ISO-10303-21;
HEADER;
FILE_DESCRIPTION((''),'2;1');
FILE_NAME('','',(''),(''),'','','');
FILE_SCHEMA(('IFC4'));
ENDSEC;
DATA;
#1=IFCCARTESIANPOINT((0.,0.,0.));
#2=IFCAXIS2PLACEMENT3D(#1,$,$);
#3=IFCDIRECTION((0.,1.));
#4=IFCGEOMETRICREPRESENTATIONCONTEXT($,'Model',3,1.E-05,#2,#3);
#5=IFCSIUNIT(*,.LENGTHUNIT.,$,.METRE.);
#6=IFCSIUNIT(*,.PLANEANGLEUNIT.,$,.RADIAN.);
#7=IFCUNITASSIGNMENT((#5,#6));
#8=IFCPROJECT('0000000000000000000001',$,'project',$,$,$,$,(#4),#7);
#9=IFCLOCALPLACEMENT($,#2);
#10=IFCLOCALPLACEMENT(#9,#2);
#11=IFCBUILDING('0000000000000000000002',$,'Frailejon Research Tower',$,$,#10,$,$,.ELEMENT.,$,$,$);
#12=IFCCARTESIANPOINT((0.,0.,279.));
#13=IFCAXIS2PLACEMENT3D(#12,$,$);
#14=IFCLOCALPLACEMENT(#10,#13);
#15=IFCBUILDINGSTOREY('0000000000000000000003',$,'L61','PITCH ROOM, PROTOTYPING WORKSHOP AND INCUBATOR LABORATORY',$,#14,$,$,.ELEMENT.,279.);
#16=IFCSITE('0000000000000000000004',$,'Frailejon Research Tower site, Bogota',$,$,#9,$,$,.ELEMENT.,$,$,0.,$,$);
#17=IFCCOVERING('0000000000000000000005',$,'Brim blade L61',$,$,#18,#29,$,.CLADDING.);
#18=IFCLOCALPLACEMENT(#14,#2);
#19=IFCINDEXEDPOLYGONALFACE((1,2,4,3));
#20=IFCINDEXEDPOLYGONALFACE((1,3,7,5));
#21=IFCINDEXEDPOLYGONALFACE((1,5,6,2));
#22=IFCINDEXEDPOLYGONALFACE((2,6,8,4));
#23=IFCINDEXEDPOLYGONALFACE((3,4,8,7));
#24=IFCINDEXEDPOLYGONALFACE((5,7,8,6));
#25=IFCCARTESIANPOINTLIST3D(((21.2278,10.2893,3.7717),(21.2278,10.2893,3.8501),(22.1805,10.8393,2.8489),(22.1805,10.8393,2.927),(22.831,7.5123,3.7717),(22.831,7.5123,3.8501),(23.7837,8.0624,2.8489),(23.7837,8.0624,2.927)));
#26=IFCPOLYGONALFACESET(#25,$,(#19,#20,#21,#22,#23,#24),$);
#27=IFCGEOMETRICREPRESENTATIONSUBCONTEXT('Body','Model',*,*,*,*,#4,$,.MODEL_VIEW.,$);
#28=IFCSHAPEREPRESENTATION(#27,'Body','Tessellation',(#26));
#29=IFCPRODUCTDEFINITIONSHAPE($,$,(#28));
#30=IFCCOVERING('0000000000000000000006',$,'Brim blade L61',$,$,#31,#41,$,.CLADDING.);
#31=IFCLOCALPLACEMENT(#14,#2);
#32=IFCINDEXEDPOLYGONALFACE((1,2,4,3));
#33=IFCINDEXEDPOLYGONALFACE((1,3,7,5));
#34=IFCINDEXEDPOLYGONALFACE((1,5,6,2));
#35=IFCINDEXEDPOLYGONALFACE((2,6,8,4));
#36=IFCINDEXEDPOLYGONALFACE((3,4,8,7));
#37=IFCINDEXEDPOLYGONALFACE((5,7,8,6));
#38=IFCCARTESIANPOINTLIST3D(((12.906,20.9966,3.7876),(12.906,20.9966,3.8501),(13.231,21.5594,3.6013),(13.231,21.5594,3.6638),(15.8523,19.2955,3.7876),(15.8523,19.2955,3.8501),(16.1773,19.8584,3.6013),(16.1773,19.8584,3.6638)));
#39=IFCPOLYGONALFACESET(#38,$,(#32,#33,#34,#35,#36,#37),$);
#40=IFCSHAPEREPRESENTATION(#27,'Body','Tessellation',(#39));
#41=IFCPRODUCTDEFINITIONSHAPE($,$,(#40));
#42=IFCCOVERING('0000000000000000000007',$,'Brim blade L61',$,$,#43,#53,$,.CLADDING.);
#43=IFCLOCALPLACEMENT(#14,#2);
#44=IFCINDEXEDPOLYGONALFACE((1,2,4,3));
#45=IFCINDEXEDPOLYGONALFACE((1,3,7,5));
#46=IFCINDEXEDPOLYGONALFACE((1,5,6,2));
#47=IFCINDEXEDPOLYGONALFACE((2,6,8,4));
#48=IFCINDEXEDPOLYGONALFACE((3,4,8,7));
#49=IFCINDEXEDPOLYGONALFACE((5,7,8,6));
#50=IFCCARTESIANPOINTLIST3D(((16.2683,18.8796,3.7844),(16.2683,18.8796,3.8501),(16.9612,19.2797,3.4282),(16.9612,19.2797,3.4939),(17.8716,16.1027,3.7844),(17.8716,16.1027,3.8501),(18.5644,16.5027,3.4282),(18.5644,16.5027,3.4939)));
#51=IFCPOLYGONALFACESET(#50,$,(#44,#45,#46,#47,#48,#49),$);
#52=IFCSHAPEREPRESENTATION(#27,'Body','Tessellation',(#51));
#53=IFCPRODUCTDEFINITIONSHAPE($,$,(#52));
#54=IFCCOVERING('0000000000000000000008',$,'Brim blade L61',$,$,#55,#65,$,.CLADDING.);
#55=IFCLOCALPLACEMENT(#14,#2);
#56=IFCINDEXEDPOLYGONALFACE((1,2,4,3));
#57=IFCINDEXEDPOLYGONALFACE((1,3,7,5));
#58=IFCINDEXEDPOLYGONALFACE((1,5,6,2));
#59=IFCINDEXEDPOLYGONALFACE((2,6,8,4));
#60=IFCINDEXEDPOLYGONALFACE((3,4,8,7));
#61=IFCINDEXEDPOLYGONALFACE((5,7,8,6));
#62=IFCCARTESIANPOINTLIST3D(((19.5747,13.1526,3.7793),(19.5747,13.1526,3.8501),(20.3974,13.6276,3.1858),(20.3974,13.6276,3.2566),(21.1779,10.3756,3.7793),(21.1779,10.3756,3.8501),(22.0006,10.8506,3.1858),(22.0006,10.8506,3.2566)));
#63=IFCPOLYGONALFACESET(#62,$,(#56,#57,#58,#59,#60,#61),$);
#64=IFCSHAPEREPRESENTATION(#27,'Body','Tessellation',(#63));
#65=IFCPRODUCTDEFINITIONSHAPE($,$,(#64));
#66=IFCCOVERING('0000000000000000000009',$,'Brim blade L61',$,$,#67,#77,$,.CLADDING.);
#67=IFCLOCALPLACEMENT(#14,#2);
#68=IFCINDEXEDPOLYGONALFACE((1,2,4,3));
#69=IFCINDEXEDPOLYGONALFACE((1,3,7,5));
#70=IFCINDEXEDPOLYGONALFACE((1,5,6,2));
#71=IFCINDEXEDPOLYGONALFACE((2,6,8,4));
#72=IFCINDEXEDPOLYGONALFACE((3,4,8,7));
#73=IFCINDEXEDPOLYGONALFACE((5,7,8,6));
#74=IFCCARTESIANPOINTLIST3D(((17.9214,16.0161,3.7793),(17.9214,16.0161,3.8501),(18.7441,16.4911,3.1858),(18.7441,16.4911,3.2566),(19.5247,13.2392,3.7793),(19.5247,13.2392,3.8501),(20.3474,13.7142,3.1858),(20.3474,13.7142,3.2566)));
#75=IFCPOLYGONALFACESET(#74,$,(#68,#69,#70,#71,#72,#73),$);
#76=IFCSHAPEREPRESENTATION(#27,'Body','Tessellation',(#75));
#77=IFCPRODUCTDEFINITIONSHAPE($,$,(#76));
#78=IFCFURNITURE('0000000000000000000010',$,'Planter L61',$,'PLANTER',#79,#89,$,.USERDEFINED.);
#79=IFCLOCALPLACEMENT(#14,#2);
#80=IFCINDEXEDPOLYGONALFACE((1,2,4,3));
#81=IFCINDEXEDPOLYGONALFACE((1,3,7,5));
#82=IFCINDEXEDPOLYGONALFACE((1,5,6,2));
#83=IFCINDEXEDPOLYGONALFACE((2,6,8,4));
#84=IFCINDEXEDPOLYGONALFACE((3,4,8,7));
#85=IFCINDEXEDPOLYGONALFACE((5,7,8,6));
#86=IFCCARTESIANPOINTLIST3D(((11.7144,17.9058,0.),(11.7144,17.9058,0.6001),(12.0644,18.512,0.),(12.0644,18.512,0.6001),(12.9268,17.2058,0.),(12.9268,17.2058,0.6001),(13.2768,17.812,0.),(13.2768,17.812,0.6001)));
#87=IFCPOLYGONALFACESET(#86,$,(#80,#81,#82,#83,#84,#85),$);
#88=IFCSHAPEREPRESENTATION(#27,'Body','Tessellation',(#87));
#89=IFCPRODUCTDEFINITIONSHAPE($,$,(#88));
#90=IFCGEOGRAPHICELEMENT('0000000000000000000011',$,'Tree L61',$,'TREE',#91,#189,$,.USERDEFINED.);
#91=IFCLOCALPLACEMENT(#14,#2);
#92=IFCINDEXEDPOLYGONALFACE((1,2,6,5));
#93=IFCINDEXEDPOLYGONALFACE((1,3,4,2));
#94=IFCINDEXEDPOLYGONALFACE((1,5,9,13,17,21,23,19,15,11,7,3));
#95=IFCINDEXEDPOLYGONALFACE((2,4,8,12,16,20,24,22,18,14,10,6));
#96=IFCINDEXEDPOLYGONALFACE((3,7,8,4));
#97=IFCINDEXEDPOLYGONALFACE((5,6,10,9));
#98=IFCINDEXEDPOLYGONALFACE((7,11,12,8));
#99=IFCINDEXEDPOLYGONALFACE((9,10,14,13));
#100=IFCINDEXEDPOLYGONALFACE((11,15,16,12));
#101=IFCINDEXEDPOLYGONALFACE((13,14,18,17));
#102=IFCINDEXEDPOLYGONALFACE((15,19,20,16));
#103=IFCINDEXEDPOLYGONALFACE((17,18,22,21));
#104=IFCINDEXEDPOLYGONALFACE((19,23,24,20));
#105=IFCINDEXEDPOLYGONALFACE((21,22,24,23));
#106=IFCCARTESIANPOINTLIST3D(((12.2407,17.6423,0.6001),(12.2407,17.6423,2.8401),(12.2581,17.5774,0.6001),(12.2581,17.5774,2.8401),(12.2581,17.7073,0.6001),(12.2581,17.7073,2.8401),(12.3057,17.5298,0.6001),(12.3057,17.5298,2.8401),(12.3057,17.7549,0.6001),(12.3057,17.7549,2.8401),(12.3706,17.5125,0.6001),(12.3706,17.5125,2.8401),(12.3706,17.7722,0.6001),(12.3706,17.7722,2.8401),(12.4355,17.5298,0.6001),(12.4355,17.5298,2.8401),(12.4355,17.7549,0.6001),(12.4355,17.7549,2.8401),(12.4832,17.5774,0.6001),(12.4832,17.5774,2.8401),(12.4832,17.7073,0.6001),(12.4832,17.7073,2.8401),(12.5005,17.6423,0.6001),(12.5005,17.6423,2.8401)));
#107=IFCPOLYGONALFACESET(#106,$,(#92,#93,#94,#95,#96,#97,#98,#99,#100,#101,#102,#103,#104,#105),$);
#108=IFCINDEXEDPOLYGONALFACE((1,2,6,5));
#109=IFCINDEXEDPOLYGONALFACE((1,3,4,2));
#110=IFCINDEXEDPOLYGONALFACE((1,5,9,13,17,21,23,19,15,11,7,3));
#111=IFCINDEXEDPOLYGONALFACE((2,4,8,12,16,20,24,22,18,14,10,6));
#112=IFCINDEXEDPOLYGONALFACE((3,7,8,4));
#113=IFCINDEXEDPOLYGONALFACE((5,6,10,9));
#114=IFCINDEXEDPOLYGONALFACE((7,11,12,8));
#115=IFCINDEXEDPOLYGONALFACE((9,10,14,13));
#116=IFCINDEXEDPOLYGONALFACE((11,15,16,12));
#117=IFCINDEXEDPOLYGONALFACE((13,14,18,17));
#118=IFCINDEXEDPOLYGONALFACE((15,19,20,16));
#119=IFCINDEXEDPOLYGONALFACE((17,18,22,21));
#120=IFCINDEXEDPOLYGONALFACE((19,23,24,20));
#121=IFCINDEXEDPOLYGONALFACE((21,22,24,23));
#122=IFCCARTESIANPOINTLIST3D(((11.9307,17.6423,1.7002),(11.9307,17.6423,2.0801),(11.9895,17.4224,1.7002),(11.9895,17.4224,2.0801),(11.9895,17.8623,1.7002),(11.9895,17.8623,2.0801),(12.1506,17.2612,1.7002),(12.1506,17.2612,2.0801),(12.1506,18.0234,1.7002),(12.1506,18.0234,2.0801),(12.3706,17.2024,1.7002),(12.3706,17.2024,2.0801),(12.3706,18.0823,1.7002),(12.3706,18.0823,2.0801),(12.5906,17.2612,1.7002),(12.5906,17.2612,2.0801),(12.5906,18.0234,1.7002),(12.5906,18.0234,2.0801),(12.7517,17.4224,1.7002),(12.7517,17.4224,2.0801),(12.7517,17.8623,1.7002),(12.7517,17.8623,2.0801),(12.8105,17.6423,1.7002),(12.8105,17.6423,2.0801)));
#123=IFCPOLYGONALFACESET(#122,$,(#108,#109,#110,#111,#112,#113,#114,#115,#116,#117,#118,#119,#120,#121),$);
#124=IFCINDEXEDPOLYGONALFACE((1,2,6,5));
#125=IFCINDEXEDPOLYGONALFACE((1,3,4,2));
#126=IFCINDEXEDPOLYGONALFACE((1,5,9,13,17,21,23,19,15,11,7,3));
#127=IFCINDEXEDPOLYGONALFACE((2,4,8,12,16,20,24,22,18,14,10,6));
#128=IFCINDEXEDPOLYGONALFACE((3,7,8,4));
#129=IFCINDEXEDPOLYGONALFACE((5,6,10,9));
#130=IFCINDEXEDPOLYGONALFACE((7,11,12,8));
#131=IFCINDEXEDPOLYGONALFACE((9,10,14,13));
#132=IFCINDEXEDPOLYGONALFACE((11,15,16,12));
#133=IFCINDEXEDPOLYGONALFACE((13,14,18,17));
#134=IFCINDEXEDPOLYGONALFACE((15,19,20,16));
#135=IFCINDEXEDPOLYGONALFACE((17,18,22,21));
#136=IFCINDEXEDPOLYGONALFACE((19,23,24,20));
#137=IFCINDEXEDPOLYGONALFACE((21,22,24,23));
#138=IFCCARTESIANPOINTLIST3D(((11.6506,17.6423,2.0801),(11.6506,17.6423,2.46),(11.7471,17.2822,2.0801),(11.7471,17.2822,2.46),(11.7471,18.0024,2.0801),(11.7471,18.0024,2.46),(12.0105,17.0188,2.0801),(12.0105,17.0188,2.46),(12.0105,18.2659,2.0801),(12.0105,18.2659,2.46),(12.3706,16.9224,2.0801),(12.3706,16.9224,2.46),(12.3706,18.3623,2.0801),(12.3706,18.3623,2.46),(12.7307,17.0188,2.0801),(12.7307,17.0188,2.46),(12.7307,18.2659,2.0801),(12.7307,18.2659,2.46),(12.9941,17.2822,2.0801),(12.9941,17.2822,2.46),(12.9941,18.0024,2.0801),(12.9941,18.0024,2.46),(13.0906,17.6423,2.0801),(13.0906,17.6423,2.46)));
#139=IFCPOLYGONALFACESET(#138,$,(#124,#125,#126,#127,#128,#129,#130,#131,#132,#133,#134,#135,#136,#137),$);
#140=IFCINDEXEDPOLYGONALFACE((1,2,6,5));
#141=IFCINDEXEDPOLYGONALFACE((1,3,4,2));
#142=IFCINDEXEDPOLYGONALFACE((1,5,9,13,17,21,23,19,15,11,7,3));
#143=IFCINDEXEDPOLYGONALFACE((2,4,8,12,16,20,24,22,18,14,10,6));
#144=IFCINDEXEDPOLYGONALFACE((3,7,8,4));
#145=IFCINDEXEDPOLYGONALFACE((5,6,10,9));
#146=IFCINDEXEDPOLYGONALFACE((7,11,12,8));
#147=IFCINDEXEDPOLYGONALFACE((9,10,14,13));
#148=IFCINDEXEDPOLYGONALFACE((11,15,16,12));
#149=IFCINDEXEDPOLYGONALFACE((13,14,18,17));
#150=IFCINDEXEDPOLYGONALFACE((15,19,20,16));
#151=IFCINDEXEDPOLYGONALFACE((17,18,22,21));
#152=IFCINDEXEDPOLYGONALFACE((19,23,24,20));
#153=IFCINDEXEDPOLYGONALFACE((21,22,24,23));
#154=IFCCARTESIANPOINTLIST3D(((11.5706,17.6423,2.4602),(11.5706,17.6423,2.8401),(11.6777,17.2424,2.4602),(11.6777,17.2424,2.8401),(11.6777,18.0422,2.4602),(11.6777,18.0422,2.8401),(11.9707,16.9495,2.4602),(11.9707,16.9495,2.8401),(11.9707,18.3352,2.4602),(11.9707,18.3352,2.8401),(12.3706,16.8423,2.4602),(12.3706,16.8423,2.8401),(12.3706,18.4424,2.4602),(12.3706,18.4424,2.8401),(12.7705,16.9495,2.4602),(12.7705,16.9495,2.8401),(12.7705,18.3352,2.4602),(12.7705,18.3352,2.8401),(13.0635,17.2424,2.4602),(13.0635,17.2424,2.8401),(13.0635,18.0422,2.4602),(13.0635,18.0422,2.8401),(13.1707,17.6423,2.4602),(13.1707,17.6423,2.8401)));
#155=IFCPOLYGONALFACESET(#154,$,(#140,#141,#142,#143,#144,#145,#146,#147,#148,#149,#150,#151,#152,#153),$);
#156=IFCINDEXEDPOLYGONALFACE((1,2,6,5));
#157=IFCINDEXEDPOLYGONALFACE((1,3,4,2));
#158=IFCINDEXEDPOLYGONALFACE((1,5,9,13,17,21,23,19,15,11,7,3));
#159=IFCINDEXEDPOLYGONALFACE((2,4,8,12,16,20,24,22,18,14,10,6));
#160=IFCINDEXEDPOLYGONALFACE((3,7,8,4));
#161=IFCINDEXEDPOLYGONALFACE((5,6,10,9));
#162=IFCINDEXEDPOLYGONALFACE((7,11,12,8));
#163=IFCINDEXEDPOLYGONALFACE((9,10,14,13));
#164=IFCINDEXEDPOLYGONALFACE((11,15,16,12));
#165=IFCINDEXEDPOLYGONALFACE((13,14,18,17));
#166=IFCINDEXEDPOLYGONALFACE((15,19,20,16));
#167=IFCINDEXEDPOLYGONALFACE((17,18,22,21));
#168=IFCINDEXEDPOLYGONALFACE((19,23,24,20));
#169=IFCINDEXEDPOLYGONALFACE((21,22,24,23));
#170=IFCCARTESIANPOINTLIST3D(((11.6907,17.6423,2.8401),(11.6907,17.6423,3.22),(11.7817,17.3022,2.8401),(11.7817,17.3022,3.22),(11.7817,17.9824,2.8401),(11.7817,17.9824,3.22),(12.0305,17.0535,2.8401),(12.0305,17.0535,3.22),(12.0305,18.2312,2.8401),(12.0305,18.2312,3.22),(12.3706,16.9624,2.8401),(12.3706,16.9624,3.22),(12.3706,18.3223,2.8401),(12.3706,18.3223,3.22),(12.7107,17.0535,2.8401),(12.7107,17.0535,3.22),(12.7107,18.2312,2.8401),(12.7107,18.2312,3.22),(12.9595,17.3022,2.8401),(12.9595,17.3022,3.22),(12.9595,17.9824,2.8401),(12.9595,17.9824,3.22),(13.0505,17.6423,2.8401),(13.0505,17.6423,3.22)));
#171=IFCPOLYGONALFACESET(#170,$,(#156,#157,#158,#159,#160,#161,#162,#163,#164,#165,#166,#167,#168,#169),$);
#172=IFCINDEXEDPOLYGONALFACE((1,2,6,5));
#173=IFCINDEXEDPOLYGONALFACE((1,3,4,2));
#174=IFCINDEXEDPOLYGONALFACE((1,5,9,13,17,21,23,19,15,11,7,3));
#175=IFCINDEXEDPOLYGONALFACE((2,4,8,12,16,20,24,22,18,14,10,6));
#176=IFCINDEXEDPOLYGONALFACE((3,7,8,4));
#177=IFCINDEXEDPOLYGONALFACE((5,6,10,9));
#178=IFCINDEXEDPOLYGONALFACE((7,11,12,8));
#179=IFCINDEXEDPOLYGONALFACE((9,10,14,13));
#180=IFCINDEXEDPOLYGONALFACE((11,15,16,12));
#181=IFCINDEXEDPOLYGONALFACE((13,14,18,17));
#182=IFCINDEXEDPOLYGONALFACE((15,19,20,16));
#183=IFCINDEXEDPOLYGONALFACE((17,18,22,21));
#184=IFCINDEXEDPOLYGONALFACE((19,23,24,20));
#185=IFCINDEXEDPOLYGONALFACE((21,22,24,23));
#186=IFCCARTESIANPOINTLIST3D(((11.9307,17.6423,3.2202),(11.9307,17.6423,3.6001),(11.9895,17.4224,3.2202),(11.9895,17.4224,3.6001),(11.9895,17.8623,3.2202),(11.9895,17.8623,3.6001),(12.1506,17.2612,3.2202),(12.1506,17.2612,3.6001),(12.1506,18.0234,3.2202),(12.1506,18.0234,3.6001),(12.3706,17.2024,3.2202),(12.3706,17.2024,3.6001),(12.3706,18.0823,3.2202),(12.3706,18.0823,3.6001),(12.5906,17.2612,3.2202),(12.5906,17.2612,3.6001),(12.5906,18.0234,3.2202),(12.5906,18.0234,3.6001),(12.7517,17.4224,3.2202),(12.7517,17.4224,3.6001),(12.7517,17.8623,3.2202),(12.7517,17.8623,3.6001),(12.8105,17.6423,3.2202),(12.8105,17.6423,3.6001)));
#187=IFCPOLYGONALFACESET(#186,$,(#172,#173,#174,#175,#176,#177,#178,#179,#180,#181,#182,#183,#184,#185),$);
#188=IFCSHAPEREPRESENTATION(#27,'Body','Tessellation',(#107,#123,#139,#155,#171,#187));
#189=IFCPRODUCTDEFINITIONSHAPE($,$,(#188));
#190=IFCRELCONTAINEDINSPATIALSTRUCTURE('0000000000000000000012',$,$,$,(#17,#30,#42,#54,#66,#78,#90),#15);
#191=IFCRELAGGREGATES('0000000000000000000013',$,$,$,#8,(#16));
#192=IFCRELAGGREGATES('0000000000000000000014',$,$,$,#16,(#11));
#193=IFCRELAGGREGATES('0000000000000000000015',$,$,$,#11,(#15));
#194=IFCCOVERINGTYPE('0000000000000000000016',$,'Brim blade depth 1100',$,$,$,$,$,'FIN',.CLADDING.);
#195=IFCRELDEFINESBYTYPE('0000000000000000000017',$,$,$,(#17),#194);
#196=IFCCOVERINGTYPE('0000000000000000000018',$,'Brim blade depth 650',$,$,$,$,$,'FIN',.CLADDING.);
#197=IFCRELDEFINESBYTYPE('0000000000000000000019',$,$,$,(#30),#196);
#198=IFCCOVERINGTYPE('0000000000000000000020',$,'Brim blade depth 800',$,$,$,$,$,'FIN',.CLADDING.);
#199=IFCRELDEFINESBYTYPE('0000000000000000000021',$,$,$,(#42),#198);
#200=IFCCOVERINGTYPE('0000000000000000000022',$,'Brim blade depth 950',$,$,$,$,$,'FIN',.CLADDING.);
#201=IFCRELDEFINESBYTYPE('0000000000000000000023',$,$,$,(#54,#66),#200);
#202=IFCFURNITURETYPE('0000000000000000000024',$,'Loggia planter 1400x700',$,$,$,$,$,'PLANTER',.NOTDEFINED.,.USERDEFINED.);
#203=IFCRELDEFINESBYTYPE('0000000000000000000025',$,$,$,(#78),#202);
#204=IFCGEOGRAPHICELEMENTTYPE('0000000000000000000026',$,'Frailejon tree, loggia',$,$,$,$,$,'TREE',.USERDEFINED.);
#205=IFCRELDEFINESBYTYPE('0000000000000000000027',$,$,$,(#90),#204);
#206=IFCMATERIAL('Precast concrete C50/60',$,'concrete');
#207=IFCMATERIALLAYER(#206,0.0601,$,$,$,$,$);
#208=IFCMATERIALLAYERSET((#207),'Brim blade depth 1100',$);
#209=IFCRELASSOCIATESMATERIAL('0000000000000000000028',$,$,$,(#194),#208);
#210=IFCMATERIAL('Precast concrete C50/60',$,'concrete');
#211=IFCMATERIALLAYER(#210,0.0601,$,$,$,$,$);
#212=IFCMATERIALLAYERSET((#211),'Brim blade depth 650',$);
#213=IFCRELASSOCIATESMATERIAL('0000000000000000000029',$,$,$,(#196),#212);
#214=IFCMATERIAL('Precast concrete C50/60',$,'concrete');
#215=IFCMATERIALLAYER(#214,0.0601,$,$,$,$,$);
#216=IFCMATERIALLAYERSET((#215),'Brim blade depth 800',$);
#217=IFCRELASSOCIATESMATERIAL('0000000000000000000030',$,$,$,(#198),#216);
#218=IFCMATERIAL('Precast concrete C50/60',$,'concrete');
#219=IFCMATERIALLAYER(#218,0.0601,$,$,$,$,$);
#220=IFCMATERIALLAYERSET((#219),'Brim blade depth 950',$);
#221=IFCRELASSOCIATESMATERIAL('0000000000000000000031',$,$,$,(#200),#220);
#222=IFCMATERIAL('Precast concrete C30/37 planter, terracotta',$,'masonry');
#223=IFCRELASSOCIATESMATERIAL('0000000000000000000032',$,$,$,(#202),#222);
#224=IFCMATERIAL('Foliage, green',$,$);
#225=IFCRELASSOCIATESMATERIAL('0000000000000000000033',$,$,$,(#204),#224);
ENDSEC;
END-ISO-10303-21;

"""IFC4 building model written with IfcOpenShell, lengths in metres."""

from ifc_helpers import new_model, si_unit, direction, frame, origin, origin_2d, place, context, subcontext, project, spatial, polyline, rectangle, outline, extrude, material, layer, layer_set, type_object, element, save


model = new_model("IFC4")

# Units and contexts
model_context = context("Model", 3, precision=1e-05, world=origin(), true_north=direction((0.0, 1.0)))
body_context = subcontext(model_context, "Body", "Model", "MODEL_VIEW")
ifc_project = project(units=[si_unit("LENGTHUNIT", "METRE"), si_unit("PLANEANGLEUNIT", "RADIAN")], contexts=[model_context])

# Site, building, storey
site_placement = place(None, origin())
site = spatial("IfcSite", under=ifc_project, at=site_placement, Name="Frailejon Research Tower site, Bogota", CompositionType="ELEMENT", RefElevation=0.0)
building_placement = place(site_placement, origin())
building = spatial("IfcBuilding", under=site, at=building_placement, Name="Frailejon Research Tower", CompositionType="ELEMENT")
storey_placement = place(building_placement, frame((0.0, 0.0, 279.0)))
storey = spatial("IfcBuildingStorey", under=building, at=storey_placement, Name="L61", Description="PITCH ROOM, PROTOTYPING WORKSHOP AND INCUBATOR LABORATORY", CompositionType="ELEMENT", Elevation=279.0)

# Coverings
ifc_material_1 = material(Name="Precast concrete C50/60", Category="concrete")
ifc_layer_1 = layer(ifc_material_1, 0.0601)
ifc_layer_set_1 = layer_set([ifc_layer_1], Name="Brim blade depth 1100")
covering_type_1 = type_object("IfcCoveringType", Name="Brim blade depth 1100", ElementType="FIN", PredefinedType="CLADDING", material=ifc_layer_set_1)
covering_1_placement = place(storey_placement, frame((21.2278, 10.2893, 3.8501), z_axis=(0.49999, -0.866031, 0.0), x_axis=(0.866031, 0.49999, 0.0)))
element("IfcCovering", 1, at=covering_1_placement, inside=storey, type_object=covering_type_1, Name="Brim blade L61", PredefinedType="CLADDING", context=body_context, shape_type="SweptSolid", body=[
    extrude(outline(polyline([(0.0, -0.0784), (1.1001, -1.0012), (1.1001, -0.9231), (0.0, 0.0), (0.0, -0.0784)])), origin(), (0.0, 0.0, 1.0), 3.2065),
])
ifc_material_2 = material(Name="Precast concrete C50/60", Category="concrete")
ifc_layer_2 = layer(ifc_material_2, 0.0601)
ifc_layer_set_2 = layer_set([ifc_layer_2], Name="Brim blade depth 650")
covering_type_2 = type_object("IfcCoveringType", Name="Brim blade depth 650", ElementType="FIN", PredefinedType="CLADDING", material=ifc_layer_set_2)
covering_2_placement = place(storey_placement, frame((12.906, 20.9966, 3.8501), z_axis=(0.866024, -0.500003, 0.0), x_axis=(0.500003, 0.866024, 0.0)))
element("IfcCovering", 2, at=covering_2_placement, inside=storey, type_object=covering_type_2, Name="Brim blade L61", PredefinedType="CLADDING", context=body_context, shape_type="SweptSolid", body=[
    extrude(outline(polyline([(0.0, -0.0625), (0.6499, -0.2488), (0.6499, -0.1863), (0.0, 0.0), (0.0, -0.0625)])), origin(), (0.0, 0.0, 1.0), 3.4021),
])
ifc_material_3 = material(Name="Precast concrete C50/60", Category="concrete")
ifc_layer_3 = layer(ifc_material_3, 0.0601)
ifc_layer_set_3 = layer_set([ifc_layer_3], Name="Brim blade depth 800")
covering_type_3 = type_object("IfcCoveringType", Name="Brim blade depth 800", ElementType="FIN", PredefinedType="CLADDING", material=ifc_layer_set_3)
covering_3_placement = place(storey_placement, frame((16.2683, 18.8796, 3.8501), z_axis=(0.49999, -0.866031, 0.0), x_axis=(0.866031, 0.49999, 0.0)))
element("IfcCovering", 3, at=covering_3_placement, inside=storey, type_object=covering_type_3, Name="Brim blade L61", PredefinedType="CLADDING", context=body_context, shape_type="SweptSolid", body=[
    extrude(outline(polyline([(0.0, -0.0657), (0.8, -0.4219), (0.8, -0.3562), (0.0, 0.0), (0.0, -0.0657)])), origin(), (0.0, 0.0, 1.0), 3.2065),
])
ifc_material_4 = material(Name="Precast concrete C50/60", Category="concrete")
ifc_layer_4 = layer(ifc_material_4, 0.0601)
ifc_layer_set_4 = layer_set([ifc_layer_4], Name="Brim blade depth 950")
covering_type_4 = type_object("IfcCoveringType", Name="Brim blade depth 950", ElementType="FIN", PredefinedType="CLADDING", material=ifc_layer_set_4)
for number, where, z_axis, x_axis, name in (
    (4, (19.5747, 13.1526, 3.8501), (0.49999, -0.866031, 0.0), (0.866031, 0.49999, 0.0), "Brim blade L61"),
    (5, (17.9214, 16.0161, 3.8501), (0.500013, -0.866018, 0.0), (0.866018, 0.500013, 0.0), "Brim blade L61"),
):
    element("IfcCovering", number, at=place(storey_placement, frame(where, z_axis=z_axis, x_axis=x_axis)), inside=storey, type_object=covering_type_4, Name=name, PredefinedType="CLADDING", context=body_context, shape_type="SweptSolid", body=[
        extrude(outline(polyline([(0.0, -0.0708), (0.95, -0.6643), (0.95, -0.5935), (0.0, 0.0), (0.0, -0.0708)])), origin(), (0.0, 0.0, 1.0), 3.2065),
    ])

# Furniture
ifc_material_5 = material(Name="Precast concrete C30/37 planter, terracotta", Category="masonry")
furniture_type = type_object("IfcFurnitureType", Name="Loggia planter 1400x700", ElementType="PLANTER", AssemblyPlace="NOTDEFINED", PredefinedType="USERDEFINED", material=ifc_material_5)
furniture_placement = place(storey_placement, frame((12.4956, 17.8589, 0.0), z_axis=(0.0, 0.0, 1.0), x_axis=(-0.866025, 0.5, 0.0)))
element("IfcFurniture", 6, at=furniture_placement, inside=storey, type_object=furniture_type, Name="Planter L61", ObjectType="PLANTER", PredefinedType="USERDEFINED", context=body_context, shape_type="SweptSolid", body=[
    extrude(rectangle(XDim=1.3999, YDim=0.7, at=origin_2d()), origin(), (0.0, 0.0, 1.0), 0.6001),
])

# Geographic element
ifc_material_6 = material(Name="Foliage, green")
geographic_element_type = type_object("IfcGeographicElementType", Name="Frailejon tree, loggia", ElementType="TREE", PredefinedType="USERDEFINED", material=ifc_material_6)
geographic_element_placement = place(storey_placement, frame((12.3706, 17.6423, 0.6001)))
element("IfcGeographicElement", 7, at=geographic_element_placement, inside=storey, type_object=geographic_element_type, Name="Tree L61", ObjectType="TREE", PredefinedType="USERDEFINED", context=body_context, shape_type="SweptSolid", body=[
    extrude(outline(polyline([(0.1299, 0.0), (0.1125, 0.0649), (0.0649, 0.1125), (0.0, 0.1299), (-0.0649, 0.1125), (-0.1125, 0.0649), (-0.1299, 0.0), (-0.1125, -0.0649), (-0.0649, -0.1125), (0.0, -0.1299), (0.0649, -0.1125), (0.1125, -0.0649), (0.1299, 0.0)])), origin(), (0.0, 0.0, 1.0), 2.24),
    extrude(outline(polyline([(0.4399, 0.0), (0.3811, 0.22), (0.22, 0.3811), (0.0, 0.4399), (-0.22, 0.3811), (-0.3811, 0.22), (-0.4399, 0.0), (-0.3811, -0.22), (-0.22, -0.3811), (0.0, -0.4399), (0.22, -0.3811), (0.3811, -0.22), (0.4399, 0.0)])), frame((0.0, 0.0, 1.1001)), (0.0, 0.0, 1.0), 0.3799),
    extrude(outline(polyline([(0.72, 0.0), (0.6235, 0.3601), (0.3601, 0.6235), (0.0, 0.72), (-0.3601, 0.6235), (-0.6235, 0.3601), (-0.72, 0.0), (-0.6235, -0.3601), (-0.3601, -0.6235), (0.0, -0.72), (0.3601, -0.6235), (0.6235, -0.3601), (0.72, 0.0)])), frame((0.0, 0.0, 1.48)), (0.0, 0.0, 1.0), 0.3799),
    extrude(outline(polyline([(0.8, 0.0), (0.6929, 0.3999), (0.3999, 0.6929), (0.0, 0.8), (-0.3999, 0.6929), (-0.6929, 0.3999), (-0.8, 0.0), (-0.6929, -0.3999), (-0.3999, -0.6929), (0.0, -0.8), (0.3999, -0.6929), (0.6929, -0.3999), (0.8, 0.0)])), frame((0.0, 0.0, 1.8601)), (0.0, 0.0, 1.0), 0.3799),
    extrude(outline(polyline([(0.6799, 0.0), (0.5889, 0.3401), (0.3401, 0.5889), (0.0, 0.6799), (-0.3401, 0.5889), (-0.5889, 0.3401), (-0.6799, 0.0), (-0.5889, -0.3401), (-0.3401, -0.5889), (0.0, -0.6799), (0.3401, -0.5889), (0.5889, -0.3401), (0.6799, 0.0)])), frame((0.0, 0.0, 2.24)), (0.0, 0.0, 1.0), 0.3799),
    extrude(outline(polyline([(0.4399, 0.0), (0.3811, 0.22), (0.22, 0.3811), (0.0, 0.4399), (-0.22, 0.3811), (-0.3811, 0.22), (-0.4399, 0.0), (-0.3811, -0.22), (-0.22, -0.3811), (0.0, -0.4399), (0.22, -0.3811), (0.3811, -0.22), (0.4399, 0.0)])), frame((0.0, 0.0, 2.6201)), (0.0, 0.0, 1.0), 0.3799),
])

save(model, "model.ifc")
